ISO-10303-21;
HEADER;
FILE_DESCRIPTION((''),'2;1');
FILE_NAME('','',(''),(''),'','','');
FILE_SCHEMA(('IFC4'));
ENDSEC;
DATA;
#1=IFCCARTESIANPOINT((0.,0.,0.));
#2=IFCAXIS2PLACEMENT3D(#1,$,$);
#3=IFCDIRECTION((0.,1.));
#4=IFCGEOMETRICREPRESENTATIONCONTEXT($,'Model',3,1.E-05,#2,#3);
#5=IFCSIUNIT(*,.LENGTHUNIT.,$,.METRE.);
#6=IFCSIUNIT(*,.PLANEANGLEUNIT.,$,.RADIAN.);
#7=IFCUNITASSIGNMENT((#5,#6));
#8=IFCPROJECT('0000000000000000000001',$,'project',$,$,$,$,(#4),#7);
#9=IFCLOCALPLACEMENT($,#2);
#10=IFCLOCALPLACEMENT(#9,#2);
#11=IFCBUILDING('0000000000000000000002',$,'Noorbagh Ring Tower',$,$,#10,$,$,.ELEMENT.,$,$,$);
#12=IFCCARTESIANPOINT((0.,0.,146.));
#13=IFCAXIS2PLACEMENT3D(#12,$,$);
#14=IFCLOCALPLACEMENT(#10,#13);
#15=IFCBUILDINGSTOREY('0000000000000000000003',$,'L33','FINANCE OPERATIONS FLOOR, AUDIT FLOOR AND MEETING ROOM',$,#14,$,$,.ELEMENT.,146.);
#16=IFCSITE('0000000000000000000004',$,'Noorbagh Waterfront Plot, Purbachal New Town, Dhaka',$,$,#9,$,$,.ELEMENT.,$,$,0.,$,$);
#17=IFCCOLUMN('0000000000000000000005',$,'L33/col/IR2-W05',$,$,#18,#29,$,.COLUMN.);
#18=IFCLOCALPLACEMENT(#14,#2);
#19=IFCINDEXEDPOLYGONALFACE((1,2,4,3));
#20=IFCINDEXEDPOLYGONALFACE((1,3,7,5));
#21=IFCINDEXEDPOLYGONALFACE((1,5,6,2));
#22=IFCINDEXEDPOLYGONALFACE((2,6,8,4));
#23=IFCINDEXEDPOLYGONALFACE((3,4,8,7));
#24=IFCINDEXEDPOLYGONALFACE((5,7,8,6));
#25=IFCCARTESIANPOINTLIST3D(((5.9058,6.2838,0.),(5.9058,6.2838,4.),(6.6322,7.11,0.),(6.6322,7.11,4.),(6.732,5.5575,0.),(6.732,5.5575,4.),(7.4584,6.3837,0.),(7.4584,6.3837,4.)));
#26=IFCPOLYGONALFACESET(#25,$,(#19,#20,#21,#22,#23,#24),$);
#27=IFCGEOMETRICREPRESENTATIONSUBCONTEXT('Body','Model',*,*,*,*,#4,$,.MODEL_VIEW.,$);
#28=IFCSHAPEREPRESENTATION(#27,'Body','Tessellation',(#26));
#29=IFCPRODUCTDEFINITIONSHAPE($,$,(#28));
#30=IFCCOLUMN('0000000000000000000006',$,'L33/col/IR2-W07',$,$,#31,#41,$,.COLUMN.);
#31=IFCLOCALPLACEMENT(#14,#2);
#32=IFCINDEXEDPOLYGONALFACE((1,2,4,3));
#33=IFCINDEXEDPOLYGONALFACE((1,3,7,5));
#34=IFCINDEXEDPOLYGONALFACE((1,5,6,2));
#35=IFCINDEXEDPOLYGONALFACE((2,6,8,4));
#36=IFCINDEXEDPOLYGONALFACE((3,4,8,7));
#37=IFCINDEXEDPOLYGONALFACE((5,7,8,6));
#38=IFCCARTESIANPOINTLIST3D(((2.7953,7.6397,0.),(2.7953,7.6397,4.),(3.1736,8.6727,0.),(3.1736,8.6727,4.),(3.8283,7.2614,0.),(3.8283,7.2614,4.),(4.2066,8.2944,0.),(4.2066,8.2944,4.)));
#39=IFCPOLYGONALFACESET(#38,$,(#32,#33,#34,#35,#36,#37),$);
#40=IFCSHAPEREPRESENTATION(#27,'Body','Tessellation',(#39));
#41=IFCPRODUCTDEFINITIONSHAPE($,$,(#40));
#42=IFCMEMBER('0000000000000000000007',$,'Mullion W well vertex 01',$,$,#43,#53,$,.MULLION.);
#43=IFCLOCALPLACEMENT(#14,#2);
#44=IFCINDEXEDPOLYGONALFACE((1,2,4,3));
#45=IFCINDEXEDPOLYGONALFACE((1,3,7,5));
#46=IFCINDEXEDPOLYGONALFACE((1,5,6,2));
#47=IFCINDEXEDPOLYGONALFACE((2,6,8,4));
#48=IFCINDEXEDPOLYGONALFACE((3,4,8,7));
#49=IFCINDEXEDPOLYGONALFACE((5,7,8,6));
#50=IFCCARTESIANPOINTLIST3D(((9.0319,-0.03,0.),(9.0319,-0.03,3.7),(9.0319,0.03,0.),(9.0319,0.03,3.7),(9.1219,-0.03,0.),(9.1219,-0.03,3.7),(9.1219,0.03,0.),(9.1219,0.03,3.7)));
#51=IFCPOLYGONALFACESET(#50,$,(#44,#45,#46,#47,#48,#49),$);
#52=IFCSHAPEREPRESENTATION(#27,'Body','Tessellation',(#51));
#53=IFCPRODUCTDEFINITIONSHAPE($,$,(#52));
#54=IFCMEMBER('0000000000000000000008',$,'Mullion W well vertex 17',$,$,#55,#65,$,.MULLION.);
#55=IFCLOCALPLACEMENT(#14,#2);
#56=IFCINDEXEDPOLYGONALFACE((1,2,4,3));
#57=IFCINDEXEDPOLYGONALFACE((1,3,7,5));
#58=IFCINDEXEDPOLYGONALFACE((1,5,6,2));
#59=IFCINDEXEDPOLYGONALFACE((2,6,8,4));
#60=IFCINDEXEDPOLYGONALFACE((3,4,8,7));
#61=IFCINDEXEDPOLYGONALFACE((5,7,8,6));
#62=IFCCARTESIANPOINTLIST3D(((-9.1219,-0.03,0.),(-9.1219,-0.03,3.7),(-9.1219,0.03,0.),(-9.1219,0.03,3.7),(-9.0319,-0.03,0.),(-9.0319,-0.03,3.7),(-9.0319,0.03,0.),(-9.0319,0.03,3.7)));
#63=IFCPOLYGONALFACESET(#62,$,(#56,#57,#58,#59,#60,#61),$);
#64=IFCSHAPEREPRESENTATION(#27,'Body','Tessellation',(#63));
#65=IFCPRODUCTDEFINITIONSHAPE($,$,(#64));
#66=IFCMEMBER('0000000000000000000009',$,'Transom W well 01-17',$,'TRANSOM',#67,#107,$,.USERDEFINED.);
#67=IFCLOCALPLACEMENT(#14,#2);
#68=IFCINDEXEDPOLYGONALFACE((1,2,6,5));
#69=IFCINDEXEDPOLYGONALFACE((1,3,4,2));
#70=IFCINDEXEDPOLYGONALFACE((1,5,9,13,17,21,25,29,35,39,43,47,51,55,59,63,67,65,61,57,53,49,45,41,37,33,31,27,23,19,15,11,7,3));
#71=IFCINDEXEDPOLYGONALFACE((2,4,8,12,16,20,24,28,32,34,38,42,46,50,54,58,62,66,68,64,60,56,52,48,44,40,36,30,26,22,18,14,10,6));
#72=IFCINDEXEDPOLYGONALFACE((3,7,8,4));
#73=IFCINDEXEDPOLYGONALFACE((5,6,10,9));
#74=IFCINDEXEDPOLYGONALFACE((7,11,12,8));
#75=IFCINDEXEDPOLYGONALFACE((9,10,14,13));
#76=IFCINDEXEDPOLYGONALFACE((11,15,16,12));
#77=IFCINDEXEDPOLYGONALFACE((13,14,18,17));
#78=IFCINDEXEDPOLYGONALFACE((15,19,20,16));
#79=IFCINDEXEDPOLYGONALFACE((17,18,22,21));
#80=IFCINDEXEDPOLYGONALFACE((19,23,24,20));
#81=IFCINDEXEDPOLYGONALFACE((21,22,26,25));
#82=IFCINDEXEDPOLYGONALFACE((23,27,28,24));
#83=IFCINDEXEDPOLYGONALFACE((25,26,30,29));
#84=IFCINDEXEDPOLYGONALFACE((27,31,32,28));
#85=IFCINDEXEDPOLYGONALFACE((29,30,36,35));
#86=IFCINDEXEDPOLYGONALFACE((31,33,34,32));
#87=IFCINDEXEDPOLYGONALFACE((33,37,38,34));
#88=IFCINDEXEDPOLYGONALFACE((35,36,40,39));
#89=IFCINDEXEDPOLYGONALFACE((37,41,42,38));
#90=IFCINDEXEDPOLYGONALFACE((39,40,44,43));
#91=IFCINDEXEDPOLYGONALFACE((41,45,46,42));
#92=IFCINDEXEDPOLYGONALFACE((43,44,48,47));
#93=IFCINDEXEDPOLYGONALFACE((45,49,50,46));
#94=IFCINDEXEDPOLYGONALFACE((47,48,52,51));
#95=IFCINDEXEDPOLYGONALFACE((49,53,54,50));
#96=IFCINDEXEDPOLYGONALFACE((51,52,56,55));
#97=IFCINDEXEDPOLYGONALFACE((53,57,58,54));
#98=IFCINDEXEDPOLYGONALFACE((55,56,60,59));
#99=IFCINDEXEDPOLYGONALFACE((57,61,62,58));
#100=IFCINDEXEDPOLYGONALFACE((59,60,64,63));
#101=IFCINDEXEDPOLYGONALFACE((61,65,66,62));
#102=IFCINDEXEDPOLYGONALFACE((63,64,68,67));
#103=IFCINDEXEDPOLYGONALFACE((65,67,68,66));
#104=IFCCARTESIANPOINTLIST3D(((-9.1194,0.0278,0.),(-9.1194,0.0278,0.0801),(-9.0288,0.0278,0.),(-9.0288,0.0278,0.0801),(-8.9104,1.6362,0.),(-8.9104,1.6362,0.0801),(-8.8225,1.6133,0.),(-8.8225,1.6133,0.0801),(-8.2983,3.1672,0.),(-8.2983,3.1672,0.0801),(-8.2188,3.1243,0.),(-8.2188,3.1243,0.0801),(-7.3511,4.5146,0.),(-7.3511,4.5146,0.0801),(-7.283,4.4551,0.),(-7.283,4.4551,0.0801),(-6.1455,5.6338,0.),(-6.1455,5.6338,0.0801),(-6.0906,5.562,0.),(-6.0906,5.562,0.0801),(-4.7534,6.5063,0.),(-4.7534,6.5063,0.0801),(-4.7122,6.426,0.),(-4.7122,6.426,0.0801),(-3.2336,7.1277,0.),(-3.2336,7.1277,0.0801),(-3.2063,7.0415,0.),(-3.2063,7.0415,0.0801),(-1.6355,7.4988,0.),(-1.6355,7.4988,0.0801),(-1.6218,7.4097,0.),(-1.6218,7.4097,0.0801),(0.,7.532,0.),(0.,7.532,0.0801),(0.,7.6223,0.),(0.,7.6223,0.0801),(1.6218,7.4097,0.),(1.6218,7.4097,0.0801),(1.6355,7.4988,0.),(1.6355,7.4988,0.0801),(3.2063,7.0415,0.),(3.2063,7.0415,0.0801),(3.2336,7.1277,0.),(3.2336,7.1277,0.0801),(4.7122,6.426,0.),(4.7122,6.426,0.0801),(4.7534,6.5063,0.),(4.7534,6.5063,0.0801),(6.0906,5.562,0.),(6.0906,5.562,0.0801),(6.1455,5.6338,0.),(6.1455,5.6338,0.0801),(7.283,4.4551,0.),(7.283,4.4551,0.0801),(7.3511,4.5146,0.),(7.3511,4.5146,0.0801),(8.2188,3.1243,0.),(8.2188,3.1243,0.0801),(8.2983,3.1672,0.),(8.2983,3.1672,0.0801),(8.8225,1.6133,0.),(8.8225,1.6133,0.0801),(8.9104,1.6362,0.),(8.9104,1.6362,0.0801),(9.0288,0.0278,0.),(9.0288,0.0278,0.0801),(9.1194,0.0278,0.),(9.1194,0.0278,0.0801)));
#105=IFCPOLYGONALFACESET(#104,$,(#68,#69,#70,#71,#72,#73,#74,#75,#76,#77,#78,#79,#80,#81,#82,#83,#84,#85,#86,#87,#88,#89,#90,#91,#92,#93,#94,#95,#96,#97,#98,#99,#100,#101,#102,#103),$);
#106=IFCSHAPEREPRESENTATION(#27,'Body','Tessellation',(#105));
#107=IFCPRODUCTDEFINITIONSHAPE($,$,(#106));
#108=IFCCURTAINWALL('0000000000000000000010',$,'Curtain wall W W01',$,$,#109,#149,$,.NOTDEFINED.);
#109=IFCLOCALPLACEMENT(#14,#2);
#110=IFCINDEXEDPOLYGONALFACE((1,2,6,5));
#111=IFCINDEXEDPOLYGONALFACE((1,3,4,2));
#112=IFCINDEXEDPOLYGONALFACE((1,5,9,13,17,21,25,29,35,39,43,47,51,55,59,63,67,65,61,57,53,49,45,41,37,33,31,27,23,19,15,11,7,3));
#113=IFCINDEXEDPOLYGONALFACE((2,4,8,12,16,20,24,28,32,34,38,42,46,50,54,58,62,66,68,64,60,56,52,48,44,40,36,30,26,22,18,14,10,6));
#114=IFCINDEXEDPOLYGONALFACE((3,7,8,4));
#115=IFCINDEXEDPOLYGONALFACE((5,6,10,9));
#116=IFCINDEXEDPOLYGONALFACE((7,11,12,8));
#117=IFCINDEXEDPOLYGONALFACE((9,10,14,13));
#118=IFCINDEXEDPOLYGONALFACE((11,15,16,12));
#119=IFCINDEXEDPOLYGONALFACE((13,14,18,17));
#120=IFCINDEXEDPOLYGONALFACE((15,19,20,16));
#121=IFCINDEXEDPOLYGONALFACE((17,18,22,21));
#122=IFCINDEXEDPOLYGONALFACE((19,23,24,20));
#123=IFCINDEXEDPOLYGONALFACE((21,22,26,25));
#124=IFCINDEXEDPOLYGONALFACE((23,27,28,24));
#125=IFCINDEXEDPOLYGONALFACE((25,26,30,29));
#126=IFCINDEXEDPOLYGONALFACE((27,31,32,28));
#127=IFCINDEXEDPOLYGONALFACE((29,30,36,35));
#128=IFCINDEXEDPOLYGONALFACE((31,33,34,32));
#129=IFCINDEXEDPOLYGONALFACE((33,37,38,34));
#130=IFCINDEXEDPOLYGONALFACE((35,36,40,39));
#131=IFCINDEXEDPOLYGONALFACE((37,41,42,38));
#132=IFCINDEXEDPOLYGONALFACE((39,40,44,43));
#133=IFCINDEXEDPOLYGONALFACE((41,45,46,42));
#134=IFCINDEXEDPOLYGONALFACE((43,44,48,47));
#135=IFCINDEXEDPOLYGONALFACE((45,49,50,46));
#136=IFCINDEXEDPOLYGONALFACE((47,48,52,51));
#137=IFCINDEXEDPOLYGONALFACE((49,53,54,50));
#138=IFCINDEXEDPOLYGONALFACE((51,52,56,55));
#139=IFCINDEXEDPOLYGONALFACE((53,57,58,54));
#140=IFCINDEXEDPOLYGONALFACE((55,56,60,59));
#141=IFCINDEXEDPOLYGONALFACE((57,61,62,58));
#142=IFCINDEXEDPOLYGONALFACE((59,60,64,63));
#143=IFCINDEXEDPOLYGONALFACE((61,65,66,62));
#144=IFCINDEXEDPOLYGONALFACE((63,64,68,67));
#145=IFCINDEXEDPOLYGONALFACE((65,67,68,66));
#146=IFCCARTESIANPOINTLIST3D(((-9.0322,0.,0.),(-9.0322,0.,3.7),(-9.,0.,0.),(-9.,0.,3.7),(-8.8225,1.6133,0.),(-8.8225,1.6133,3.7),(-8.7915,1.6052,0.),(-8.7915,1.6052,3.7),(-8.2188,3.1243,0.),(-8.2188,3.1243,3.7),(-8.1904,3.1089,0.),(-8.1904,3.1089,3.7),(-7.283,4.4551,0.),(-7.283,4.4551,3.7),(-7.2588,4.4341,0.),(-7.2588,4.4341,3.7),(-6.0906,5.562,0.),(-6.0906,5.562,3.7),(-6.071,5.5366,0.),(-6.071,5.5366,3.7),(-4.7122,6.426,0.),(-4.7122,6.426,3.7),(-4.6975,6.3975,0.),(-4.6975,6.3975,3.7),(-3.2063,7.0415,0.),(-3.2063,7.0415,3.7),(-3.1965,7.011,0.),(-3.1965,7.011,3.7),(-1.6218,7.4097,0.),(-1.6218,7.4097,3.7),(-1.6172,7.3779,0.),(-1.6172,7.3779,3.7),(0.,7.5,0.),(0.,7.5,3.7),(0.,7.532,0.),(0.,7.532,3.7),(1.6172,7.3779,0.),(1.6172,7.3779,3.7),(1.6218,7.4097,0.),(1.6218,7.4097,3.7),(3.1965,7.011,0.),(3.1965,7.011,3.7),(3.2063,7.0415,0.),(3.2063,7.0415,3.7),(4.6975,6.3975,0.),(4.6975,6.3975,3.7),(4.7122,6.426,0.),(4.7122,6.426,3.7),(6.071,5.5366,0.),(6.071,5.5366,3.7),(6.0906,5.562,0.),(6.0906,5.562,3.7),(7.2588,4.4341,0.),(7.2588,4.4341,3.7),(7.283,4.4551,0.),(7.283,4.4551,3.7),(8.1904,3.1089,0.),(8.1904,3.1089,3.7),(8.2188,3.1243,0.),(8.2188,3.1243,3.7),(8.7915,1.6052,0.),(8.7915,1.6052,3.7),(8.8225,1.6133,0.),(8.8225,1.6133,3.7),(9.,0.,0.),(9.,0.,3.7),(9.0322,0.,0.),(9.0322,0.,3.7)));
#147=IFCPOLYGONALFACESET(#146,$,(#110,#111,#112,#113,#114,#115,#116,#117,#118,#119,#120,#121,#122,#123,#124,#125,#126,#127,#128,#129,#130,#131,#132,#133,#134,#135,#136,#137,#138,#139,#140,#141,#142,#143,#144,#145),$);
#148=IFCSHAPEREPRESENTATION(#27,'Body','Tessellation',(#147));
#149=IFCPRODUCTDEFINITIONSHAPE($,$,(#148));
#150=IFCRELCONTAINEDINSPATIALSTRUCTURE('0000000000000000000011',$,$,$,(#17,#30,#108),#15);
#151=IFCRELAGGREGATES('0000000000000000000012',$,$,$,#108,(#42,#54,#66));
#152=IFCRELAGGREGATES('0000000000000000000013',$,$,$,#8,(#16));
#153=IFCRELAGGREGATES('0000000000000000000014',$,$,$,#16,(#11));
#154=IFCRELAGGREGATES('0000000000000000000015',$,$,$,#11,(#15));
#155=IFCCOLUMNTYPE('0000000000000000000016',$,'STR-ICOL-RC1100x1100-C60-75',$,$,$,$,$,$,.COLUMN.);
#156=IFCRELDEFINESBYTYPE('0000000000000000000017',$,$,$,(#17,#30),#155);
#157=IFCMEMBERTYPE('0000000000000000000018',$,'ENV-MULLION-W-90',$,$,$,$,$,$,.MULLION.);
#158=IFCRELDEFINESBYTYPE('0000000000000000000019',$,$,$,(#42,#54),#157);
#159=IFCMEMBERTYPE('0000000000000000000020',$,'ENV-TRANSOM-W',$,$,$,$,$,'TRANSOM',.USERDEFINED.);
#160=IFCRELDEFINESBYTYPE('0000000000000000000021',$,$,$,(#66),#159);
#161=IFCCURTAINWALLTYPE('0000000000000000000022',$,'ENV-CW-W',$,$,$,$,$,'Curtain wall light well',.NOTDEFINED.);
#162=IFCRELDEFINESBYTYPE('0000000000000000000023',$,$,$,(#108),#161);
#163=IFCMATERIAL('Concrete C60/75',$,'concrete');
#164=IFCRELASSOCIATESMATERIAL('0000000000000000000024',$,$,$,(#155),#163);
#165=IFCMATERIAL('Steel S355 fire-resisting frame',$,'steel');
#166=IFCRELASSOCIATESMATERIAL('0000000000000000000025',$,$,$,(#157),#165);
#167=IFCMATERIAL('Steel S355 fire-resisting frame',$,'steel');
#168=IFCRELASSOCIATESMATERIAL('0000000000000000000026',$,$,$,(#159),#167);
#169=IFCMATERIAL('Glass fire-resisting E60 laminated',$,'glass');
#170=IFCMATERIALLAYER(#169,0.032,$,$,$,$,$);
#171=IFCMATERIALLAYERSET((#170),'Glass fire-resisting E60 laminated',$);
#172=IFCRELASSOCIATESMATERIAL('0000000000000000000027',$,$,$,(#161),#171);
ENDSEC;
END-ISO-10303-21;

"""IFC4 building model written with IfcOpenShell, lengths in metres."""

from ifc_helpers import new_model, si_unit, direction, frame, origin, origin_2d, place, context, subcontext, project, spatial, polyline, rectangle, outline, extrude, material, layer, layer_set, material_profile, profile_set, type_object, element, aggregate, save


model = new_model("IFC4")

# Units and contexts
model_context = context("Model", 3, precision=1e-05, world=origin(), true_north=direction((0.0, 1.0)))
body_context = subcontext(model_context, "Body", "Model", "MODEL_VIEW")
ifc_project = project(units=[si_unit("LENGTHUNIT", "METRE"), si_unit("PLANEANGLEUNIT", "RADIAN")], contexts=[model_context])

# Site, building, storey
site_placement = place(None, origin())
site = spatial("IfcSite", under=ifc_project, at=site_placement, Name="Noorbagh Waterfront Plot, Purbachal New Town, Dhaka", CompositionType="ELEMENT", RefElevation=0.0)
building_placement = place(site_placement, origin())
building = spatial("IfcBuilding", under=site, at=building_placement, Name="Noorbagh Ring Tower", CompositionType="ELEMENT")
storey_placement = place(building_placement, frame((0.0, 0.0, 146.0)))
storey = spatial("IfcBuildingStorey", under=building, at=storey_placement, Name="L33", Description="FINANCE OPERATIONS FLOOR, AUDIT FLOOR AND MEETING ROOM", CompositionType="ELEMENT", Elevation=146.0)

# Columns
ifc_material_1 = material(Name="Concrete C60/75", Category="concrete")
ifc_material_profile_1 = material_profile(ifc_material_1, rectangle(XDim=1.1001, YDim=1.1001, at=origin_2d()), Name="RC1100x1100")
ifc_profile_set_1 = profile_set([ifc_material_profile_1], Name="Concrete C60/75")
column_type = type_object("IfcColumnType", Name="STR-ICOL-RC1100x1100-C60-75", PredefinedType="COLUMN", material=ifc_profile_set_1)
for number, where, z_axis, x_axis, name in (
    (1, (6.6821, 6.3337, 0.0), (0.0, 0.0, 1.0), (-0.751022, 0.660277, 0.0), "L33/col/IR2-W05"),
    (2, (3.501, 7.967, 0.0), (0.0, 0.0, 1.0), (-0.93902, 0.343864, 0.0), "L33/col/IR2-W07"),
):
    element("IfcColumn", number, at=place(storey_placement, frame(where, z_axis=z_axis, x_axis=x_axis)), inside=storey, type_object=column_type, Name=name, PredefinedType="COLUMN", context=body_context, shape_type="SweptSolid", body=[
        extrude(rectangle(XDim=1.1001, YDim=1.1001, at=origin_2d()), origin(), (0.0, 0.0, 1.0), 4.0),
    ])

# Members
ifc_material_2 = material(Name="Steel S355 fire-resisting frame", Category="steel")
ifc_material_profile_2 = material_profile(ifc_material_2, rectangle(XDim=0.0901, YDim=0.0601, at=origin_2d()), Name="90x60")
ifc_profile_set_2 = profile_set([ifc_material_profile_2], Name="Steel S355 fire-resisting frame")
member_type_1 = type_object("IfcMemberType", Name="ENV-MULLION-W-90", PredefinedType="MULLION", material=ifc_profile_set_2)
member_1_placement = place(storey_placement, frame((9.0769, 0.0, 0.0), z_axis=(0.0, 0.0, 1.0), x_axis=(1.0, 0.0, 0.0)))
member_1 = element("IfcMember", 3, at=member_1_placement, type_object=member_type_1, Name="Mullion W well vertex 01", PredefinedType="MULLION", context=body_context, shape_type="SweptSolid", body=[
    extrude(rectangle(XDim=0.0901, YDim=0.0601, at=origin_2d()), origin(), (0.0, 0.0, 1.0), 3.7),
])
member_2_placement = place(storey_placement, frame((-9.0769, 0.0, 0.0), z_axis=(0.0, 0.0, 1.0), x_axis=(-1.0, 0.0, 0.0)))
member_2 = element("IfcMember", 4, at=member_2_placement, type_object=member_type_1, Name="Mullion W well vertex 17", PredefinedType="MULLION", context=body_context, shape_type="SweptSolid", body=[
    extrude(rectangle(XDim=0.0901, YDim=0.0601, at=origin_2d()), origin(), (0.0, 0.0, 1.0), 3.7),
])
ifc_material_3 = material(Name="Steel S355 fire-resisting frame", Category="steel")
member_type_2 = type_object("IfcMemberType", Name="ENV-TRANSOM-W", ElementType="TRANSOM", PredefinedType="USERDEFINED", material=ifc_material_3)
member_3_placement = place(storey_placement, origin())
member_3 = element("IfcMember", 5, at=member_3_placement, type_object=member_type_2, Name="Transom W well 01-17", ObjectType="TRANSOM", PredefinedType="USERDEFINED", context=body_context, shape_type="SweptSolid", body=[
    extrude(outline(polyline([(9.1194, 0.0278), (8.9104, 1.6362), (8.2983, 3.1672), (7.3511, 4.5146), (6.1455, 5.6338), (4.7534, 6.5063), (3.2336, 7.1277), (1.6355, 7.4988), (0.0, 7.6223), (-1.6355, 7.4988), (-3.2336, 7.1277), (-4.7534, 6.5063), (-6.1455, 5.6338), (-7.3511, 4.5146), (-8.2983, 3.1672), (-8.9104, 1.6362), (-9.1194, 0.0278), (-9.0288, 0.0278), (-8.8225, 1.6133), (-8.2188, 3.1243), (-7.283, 4.4551), (-6.0906, 5.562), (-4.7122, 6.426), (-3.2063, 7.0415), (-1.6218, 7.4097), (0.0, 7.532), (1.6218, 7.4097), (3.2063, 7.0415), (4.7122, 6.426), (6.0906, 5.562), (7.283, 4.4551), (8.2188, 3.1243), (8.8225, 1.6133), (9.0288, 0.0278), (9.1194, 0.0278)])), origin(), (0.0, 0.0, 1.0), 0.0801),
])

# Curtain wall
ifc_material_4 = material(Name="Glass fire-resisting E60 laminated", Category="glass")
ifc_layer_1 = layer(ifc_material_4, 0.032)
ifc_layer_set_1 = layer_set([ifc_layer_1], Name="Glass fire-resisting E60 laminated")
curtain_wall_type_1 = type_object("IfcCurtainWallType", Name="ENV-CW-W", ElementType="Curtain wall light well", PredefinedType="NOTDEFINED", material=ifc_layer_set_1)
curtain_wall_1_placement = place(storey_placement, origin())
curtain_wall_1 = element("IfcCurtainWall", 6, at=curtain_wall_1_placement, inside=storey, type_object=curtain_wall_type_1, Name="Curtain wall W W01", PredefinedType="NOTDEFINED", context=body_context, shape_type="SweptSolid", body=[
    extrude(outline(polyline([(9.0322, 0.0), (8.8225, 1.6133), (8.2188, 3.1243), (7.283, 4.4551), (6.0906, 5.562), (4.7122, 6.426), (3.2063, 7.0415), (1.6218, 7.4097), (0.0, 7.532), (-1.6218, 7.4097), (-3.2063, 7.0415), (-4.7122, 6.426), (-6.0906, 5.562), (-7.283, 4.4551), (-8.2188, 3.1243), (-8.8225, 1.6133), (-9.0322, 0.0), (-9.0, 0.0), (-8.7915, 1.6052), (-8.1904, 3.1089), (-7.2588, 4.4341), (-6.071, 5.5366), (-4.6975, 6.3975), (-3.1965, 7.011), (-1.6172, 7.3779), (0.0, 7.5), (1.6172, 7.3779), (3.1965, 7.011), (4.6975, 6.3975), (6.071, 5.5366), (7.2588, 4.4341), (8.1904, 3.1089), (8.7915, 1.6052), (9.0, 0.0), (9.0322, 0.0)])), origin(), (0.0, 0.0, 1.0), 3.7),
])
aggregate(curtain_wall_1, [member_1, member_2, member_3])

save(model, "model.ifc")
